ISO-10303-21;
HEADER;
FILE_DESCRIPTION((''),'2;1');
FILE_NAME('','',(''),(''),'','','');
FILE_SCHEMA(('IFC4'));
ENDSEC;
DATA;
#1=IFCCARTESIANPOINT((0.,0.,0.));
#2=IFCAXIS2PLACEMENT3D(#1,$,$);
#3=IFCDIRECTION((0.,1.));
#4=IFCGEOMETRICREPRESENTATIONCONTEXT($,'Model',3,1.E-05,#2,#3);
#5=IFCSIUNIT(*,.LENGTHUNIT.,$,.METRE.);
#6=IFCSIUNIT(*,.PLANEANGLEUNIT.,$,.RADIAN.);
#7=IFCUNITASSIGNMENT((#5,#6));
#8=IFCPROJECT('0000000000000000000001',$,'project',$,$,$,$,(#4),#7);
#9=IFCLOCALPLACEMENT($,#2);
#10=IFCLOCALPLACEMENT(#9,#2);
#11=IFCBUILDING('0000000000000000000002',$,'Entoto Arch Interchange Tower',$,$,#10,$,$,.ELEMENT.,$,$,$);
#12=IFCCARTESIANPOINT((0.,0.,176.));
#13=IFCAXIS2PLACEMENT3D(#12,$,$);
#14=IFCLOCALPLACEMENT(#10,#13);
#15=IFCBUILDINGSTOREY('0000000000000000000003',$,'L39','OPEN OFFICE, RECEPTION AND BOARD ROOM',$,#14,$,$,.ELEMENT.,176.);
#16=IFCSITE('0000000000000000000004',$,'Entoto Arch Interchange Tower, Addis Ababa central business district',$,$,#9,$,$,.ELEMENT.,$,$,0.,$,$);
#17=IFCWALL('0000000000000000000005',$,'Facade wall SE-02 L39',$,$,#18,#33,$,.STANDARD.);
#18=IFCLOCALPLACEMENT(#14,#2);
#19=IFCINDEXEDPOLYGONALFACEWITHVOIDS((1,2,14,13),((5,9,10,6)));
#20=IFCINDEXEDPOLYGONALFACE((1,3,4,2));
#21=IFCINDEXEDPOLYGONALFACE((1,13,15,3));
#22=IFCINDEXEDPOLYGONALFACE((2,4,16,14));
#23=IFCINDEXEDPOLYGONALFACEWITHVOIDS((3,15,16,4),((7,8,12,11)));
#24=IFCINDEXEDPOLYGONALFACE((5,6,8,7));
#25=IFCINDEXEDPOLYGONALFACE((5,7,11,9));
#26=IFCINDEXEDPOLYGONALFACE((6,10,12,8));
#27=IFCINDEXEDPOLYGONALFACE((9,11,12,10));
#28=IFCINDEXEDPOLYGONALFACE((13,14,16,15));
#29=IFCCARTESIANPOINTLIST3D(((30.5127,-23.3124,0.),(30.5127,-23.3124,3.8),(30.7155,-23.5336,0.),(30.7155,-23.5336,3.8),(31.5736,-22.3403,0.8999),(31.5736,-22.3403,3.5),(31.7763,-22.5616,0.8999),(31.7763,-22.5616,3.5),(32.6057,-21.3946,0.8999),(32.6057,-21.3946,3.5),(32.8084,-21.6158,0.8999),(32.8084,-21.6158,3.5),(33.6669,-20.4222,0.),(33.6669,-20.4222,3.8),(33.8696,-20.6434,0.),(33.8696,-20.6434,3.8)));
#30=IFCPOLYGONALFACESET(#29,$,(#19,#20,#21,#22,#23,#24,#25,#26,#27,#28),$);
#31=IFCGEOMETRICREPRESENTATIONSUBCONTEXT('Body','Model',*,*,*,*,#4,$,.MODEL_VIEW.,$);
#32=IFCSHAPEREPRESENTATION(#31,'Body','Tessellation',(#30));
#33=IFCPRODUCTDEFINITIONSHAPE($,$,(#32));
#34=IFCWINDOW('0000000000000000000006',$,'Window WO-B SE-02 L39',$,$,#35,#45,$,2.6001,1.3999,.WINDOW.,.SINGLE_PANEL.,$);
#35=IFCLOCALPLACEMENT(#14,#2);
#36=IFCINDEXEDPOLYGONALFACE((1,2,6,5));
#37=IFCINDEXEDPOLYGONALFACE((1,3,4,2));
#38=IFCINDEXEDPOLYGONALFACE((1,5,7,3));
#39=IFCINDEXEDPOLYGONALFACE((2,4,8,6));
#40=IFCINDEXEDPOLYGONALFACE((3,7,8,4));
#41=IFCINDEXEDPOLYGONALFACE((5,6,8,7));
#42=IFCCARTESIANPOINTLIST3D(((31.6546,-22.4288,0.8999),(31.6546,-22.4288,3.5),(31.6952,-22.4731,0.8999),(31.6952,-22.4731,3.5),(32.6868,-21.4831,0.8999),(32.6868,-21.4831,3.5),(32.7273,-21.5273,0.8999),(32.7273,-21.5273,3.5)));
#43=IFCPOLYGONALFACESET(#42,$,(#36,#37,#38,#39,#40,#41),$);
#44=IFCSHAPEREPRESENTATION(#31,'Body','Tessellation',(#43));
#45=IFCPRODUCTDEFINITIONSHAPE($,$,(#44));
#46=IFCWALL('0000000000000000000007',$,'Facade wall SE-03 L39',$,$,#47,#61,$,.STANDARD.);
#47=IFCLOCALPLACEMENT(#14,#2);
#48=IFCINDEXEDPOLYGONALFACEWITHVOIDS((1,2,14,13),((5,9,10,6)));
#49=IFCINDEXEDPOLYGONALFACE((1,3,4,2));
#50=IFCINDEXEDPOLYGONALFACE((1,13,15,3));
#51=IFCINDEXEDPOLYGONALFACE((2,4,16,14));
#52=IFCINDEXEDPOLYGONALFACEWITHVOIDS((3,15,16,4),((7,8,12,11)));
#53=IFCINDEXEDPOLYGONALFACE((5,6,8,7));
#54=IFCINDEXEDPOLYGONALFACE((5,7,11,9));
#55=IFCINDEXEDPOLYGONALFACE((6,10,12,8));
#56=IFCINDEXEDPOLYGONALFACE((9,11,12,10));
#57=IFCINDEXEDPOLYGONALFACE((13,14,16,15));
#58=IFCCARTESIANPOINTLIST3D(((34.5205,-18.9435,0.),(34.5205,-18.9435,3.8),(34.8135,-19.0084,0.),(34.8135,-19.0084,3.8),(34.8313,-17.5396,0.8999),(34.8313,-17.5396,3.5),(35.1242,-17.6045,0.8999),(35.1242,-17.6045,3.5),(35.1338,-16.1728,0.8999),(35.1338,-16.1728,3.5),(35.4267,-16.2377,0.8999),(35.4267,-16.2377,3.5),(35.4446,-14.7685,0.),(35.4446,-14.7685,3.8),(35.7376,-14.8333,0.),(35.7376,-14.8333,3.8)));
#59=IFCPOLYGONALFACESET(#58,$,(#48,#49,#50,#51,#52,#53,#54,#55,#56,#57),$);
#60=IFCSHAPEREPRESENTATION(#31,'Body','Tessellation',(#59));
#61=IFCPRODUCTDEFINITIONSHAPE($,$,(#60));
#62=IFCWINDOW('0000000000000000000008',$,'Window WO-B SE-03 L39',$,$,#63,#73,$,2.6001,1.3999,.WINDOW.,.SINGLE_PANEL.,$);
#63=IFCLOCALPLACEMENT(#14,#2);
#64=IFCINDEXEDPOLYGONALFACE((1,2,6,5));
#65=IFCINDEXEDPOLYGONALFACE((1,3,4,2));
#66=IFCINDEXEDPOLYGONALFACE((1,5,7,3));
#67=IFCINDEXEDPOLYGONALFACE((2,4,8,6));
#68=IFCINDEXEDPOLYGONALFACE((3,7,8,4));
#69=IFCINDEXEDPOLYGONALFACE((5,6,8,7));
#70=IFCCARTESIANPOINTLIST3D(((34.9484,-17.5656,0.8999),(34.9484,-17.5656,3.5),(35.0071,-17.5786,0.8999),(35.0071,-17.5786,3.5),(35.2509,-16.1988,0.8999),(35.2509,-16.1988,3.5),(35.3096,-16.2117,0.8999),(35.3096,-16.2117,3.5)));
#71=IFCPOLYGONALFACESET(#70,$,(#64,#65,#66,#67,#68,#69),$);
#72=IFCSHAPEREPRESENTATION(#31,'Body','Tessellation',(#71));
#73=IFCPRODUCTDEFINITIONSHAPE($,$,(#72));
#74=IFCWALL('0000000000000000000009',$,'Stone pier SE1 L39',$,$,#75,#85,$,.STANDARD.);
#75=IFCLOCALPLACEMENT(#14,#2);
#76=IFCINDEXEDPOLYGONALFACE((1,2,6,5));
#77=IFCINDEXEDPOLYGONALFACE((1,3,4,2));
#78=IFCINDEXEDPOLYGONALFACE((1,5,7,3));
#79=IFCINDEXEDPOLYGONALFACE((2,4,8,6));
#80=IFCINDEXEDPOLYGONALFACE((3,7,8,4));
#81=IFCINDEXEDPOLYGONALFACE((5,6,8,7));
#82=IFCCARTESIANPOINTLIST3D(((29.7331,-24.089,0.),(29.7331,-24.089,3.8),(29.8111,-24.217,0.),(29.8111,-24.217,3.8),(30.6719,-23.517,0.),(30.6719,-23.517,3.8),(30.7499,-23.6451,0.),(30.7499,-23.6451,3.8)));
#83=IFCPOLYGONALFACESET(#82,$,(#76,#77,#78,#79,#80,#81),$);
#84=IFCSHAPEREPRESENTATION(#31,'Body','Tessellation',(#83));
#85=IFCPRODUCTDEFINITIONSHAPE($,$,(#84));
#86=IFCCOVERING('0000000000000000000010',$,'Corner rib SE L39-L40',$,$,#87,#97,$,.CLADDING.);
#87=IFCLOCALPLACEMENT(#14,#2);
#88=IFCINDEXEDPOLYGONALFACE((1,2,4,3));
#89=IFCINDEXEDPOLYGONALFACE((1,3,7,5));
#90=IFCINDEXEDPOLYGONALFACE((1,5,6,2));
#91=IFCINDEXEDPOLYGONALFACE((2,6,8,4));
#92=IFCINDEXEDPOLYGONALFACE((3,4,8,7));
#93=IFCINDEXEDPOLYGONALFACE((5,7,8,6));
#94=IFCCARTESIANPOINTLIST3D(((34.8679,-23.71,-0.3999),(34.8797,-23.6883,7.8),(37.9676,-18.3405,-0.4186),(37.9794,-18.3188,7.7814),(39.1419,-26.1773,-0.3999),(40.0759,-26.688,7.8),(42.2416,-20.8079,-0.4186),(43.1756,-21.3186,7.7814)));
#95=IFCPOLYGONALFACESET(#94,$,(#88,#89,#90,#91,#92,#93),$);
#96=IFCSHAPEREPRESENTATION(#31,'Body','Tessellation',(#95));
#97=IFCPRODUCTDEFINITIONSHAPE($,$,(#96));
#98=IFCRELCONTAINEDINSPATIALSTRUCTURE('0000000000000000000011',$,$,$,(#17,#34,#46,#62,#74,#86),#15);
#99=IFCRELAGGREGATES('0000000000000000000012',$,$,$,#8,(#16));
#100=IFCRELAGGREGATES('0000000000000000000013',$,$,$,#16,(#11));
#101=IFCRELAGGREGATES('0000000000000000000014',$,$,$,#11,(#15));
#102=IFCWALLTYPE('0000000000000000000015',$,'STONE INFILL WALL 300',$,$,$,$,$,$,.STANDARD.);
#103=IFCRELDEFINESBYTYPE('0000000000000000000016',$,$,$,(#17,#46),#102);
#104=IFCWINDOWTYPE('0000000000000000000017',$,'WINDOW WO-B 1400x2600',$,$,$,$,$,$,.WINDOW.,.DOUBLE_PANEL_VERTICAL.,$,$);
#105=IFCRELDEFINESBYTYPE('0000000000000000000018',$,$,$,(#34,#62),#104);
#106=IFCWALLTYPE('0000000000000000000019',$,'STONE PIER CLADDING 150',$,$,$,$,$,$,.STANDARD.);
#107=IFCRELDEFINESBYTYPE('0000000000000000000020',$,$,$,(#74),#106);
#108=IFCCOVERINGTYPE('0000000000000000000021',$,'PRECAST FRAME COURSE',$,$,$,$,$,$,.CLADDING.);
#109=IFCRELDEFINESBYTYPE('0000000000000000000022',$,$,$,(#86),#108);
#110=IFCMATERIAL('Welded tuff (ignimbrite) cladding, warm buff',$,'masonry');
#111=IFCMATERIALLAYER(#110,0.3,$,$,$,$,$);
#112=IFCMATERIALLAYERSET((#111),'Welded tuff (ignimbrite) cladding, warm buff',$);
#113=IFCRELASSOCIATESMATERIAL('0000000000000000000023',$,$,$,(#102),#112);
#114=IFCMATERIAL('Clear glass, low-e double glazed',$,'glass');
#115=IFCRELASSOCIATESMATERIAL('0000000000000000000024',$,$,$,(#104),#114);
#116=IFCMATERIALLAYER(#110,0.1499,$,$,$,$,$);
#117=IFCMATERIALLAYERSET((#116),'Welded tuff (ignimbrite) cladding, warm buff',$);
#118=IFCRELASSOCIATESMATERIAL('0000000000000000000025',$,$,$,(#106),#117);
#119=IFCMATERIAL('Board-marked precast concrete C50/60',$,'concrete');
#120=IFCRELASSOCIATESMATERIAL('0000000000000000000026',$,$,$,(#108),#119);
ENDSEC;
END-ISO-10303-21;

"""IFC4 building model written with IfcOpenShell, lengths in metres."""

from ifc_helpers import new_model, si_unit, direction, frame, frame_2d, origin, place, context, subcontext, project, spatial, polyline, rectangle, outline, extrude, material, layer, layer_set, type_object, element, fill, save


model = new_model("IFC4")

# Units and contexts
model_context = context("Model", 3, precision=1e-05, world=origin(), true_north=direction((0.0, 1.0)))
body_context = subcontext(model_context, "Body", "Model", "MODEL_VIEW")
ifc_project = project(units=[si_unit("LENGTHUNIT", "METRE"), si_unit("PLANEANGLEUNIT", "RADIAN")], contexts=[model_context])

# Site, building, storey
site_placement = place(None, origin())
site = spatial("IfcSite", under=ifc_project, at=site_placement, Name="Entoto Arch Interchange Tower, Addis Ababa central business district", CompositionType="ELEMENT", RefElevation=0.0)
building_placement = place(site_placement, origin())
building = spatial("IfcBuilding", under=site, at=building_placement, Name="Entoto Arch Interchange Tower", CompositionType="ELEMENT")
storey_placement = place(building_placement, frame((0.0, 0.0, 176.0)))
storey = spatial("IfcBuildingStorey", under=building, at=storey_placement, Name="L39", Description="OPEN OFFICE, RECEPTION AND BOARD ROOM", CompositionType="ELEMENT", Elevation=176.0)

# Walls, openings, windows
ifc_material_1 = material(Name="Welded tuff (ignimbrite) cladding, warm buff", Category="masonry")
ifc_layer_1 = layer(ifc_material_1, 0.3)
ifc_layer_set_1 = layer_set([ifc_layer_1], Name="Welded tuff (ignimbrite) cladding, warm buff")
wall_type_1 = type_object("IfcWallType", Name="STONE INFILL WALL 300", PredefinedType="STANDARD", material=ifc_layer_set_1)
ifc_material_2 = material(Name="Clear glass, low-e double glazed", Category="glass")
window_type = type_object("IfcWindowType", Name="WINDOW WO-B 1400x2600", PartitioningType="DOUBLE_PANEL_VERTICAL", PredefinedType="WINDOW", material=ifc_material_2)
wall_1_placement = place(storey_placement, frame((30.614, -23.4231, 0.0), z_axis=(0.0, 0.0, 1.0), x_axis=(0.73728, 0.675588, 0.0)))
wall_1 = element("IfcWall", 1, at=wall_1_placement, inside=storey, type_object=wall_type_1, Name="Facade wall SE-02 L39", PredefinedType="STANDARD", context=body_context, shape_type="SweptSolid", body=[
    extrude(rectangle(XDim=4.2781, YDim=0.3, at=frame_2d((2.1392, 0.0))), origin(), (0.0, 0.0, 1.0), 3.8),
])
opening_1_placement = place(wall_1_placement, frame((1.439, 0.0, 0.8999)))
opening_1 = element("IfcOpeningElement", 2, at=opening_1_placement, cuts=wall_1, PredefinedType="OPENING", context=body_context, shape_type="SweptSolid", body=[
    extrude(rectangle(XDim=1.3999, YDim=2.6001, at=frame_2d((0.7, 1.3))), frame((0.0, 0.1602, 0.0), z_axis=(0.0, -1.0, 0.0), x_axis=(1.0, 0.0, 0.0)), (0.0, 0.0, 1.0), 0.3201),
])
window_1_placement = place(opening_1_placement, origin())
window_1 = element("IfcWindow", 3, at=window_1_placement, inside=storey, type_object=window_type, Name="Window WO-B SE-02 L39", OverallHeight=2.6001, OverallWidth=1.3999, PartitioningType="SINGLE_PANEL", PredefinedType="WINDOW", context=body_context, shape_type="SweptSolid", body=[
    extrude(rectangle(XDim=1.3999, YDim=2.6001, at=frame_2d((0.7, 1.3))), frame((0.0, 0.03, 0.0), z_axis=(0.0, -1.0, 0.0), x_axis=(1.0, 0.0, 0.0)), (0.0, 0.0, 1.0), 0.0601),
])
fill(opening_1, window_1)
wall_2_placement = place(storey_placement, frame((34.667, -18.9761, 0.0), z_axis=(0.0, 0.0, 1.0), x_axis=(0.216102, 0.976371, 0.0)))
wall_2 = element("IfcWall", 4, at=wall_2_placement, inside=storey, type_object=wall_type_1, Name="Facade wall SE-03 L39", PredefinedType="STANDARD", context=body_context, shape_type="SweptSolid", body=[
    extrude(rectangle(XDim=4.2761, YDim=0.3, at=frame_2d((2.1382, 0.0))), origin(), (0.0, 0.0, 1.0), 3.8),
])
opening_2_placement = place(wall_2_placement, frame((1.438, 0.0, 0.8999)))
opening_2 = element("IfcOpeningElement", 5, at=opening_2_placement, cuts=wall_2, PredefinedType="OPENING", context=body_context, shape_type="SweptSolid", body=[
    extrude(rectangle(XDim=1.3999, YDim=2.6001, at=frame_2d((0.7, 1.3))), frame((0.0, 0.1602, 0.0), z_axis=(0.0, -1.0, 0.0), x_axis=(1.0, 0.0, 0.0)), (0.0, 0.0, 1.0), 0.3201),
])
window_2_placement = place(opening_2_placement, origin())
window_2 = element("IfcWindow", 6, at=window_2_placement, inside=storey, type_object=window_type, Name="Window WO-B SE-03 L39", OverallHeight=2.6001, OverallWidth=1.3999, PartitioningType="SINGLE_PANEL", PredefinedType="WINDOW", context=body_context, shape_type="SweptSolid", body=[
    extrude(rectangle(XDim=1.3999, YDim=2.6001, at=frame_2d((0.7, 1.3))), frame((0.0, 0.03, 0.0), z_axis=(0.0, -1.0, 0.0), x_axis=(1.0, 0.0, 0.0)), (0.0, 0.0, 1.0), 0.0601),
])
fill(opening_2, window_2)

# Wall
ifc_layer_2 = layer(ifc_material_1, 0.1499)
ifc_layer_set_2 = layer_set([ifc_layer_2], Name="Welded tuff (ignimbrite) cladding, warm buff")
wall_type_2 = type_object("IfcWallType", Name="STONE PIER CLADDING 150", PredefinedType="STANDARD", material=ifc_layer_set_2)
wall_3_placement = place(storey_placement, frame((29.772, -24.1531, 0.0), z_axis=(0.0, 0.0, 1.0), x_axis=(0.854006, 0.520264, 0.0)))
element("IfcWall", 7, at=wall_3_placement, inside=storey, type_object=wall_type_2, Name="Stone pier SE1 L39", PredefinedType="STANDARD", context=body_context, shape_type="SweptSolid", body=[
    extrude(rectangle(XDim=1.0994, YDim=0.1499, at=frame_2d((0.5498, 0.0))), origin(), (0.0, 0.0, 1.0), 3.8),
])

# Covering
ifc_material_3 = material(Name="Board-marked precast concrete C50/60", Category="concrete")
covering_type = type_object("IfcCoveringType", Name="PRECAST FRAME COURSE", PredefinedType="CLADDING", material=ifc_material_3)
covering_placement = place(storey_placement, frame((34.8679, -23.71, -0.3999), z_axis=(-0.499957, -0.866045, 0.003009), x_axis=(0.866049, -0.49996, 0.0)))
element("IfcCovering", 8, at=covering_placement, inside=storey, type_object=covering_type, Name="Corner rib SE L39-L40", PredefinedType="CLADDING", context=body_context, shape_type="SweptSolid", body=[
    extrude(outline(polyline([(0.0, 0.0), (4.9351, 0.0), (5.9993, 8.2), (-0.0006, 8.2), (0.0, 0.0)])), origin(), (0.0, 0.0, -1.0), 6.2),
])

save(model, "model.ifc")
